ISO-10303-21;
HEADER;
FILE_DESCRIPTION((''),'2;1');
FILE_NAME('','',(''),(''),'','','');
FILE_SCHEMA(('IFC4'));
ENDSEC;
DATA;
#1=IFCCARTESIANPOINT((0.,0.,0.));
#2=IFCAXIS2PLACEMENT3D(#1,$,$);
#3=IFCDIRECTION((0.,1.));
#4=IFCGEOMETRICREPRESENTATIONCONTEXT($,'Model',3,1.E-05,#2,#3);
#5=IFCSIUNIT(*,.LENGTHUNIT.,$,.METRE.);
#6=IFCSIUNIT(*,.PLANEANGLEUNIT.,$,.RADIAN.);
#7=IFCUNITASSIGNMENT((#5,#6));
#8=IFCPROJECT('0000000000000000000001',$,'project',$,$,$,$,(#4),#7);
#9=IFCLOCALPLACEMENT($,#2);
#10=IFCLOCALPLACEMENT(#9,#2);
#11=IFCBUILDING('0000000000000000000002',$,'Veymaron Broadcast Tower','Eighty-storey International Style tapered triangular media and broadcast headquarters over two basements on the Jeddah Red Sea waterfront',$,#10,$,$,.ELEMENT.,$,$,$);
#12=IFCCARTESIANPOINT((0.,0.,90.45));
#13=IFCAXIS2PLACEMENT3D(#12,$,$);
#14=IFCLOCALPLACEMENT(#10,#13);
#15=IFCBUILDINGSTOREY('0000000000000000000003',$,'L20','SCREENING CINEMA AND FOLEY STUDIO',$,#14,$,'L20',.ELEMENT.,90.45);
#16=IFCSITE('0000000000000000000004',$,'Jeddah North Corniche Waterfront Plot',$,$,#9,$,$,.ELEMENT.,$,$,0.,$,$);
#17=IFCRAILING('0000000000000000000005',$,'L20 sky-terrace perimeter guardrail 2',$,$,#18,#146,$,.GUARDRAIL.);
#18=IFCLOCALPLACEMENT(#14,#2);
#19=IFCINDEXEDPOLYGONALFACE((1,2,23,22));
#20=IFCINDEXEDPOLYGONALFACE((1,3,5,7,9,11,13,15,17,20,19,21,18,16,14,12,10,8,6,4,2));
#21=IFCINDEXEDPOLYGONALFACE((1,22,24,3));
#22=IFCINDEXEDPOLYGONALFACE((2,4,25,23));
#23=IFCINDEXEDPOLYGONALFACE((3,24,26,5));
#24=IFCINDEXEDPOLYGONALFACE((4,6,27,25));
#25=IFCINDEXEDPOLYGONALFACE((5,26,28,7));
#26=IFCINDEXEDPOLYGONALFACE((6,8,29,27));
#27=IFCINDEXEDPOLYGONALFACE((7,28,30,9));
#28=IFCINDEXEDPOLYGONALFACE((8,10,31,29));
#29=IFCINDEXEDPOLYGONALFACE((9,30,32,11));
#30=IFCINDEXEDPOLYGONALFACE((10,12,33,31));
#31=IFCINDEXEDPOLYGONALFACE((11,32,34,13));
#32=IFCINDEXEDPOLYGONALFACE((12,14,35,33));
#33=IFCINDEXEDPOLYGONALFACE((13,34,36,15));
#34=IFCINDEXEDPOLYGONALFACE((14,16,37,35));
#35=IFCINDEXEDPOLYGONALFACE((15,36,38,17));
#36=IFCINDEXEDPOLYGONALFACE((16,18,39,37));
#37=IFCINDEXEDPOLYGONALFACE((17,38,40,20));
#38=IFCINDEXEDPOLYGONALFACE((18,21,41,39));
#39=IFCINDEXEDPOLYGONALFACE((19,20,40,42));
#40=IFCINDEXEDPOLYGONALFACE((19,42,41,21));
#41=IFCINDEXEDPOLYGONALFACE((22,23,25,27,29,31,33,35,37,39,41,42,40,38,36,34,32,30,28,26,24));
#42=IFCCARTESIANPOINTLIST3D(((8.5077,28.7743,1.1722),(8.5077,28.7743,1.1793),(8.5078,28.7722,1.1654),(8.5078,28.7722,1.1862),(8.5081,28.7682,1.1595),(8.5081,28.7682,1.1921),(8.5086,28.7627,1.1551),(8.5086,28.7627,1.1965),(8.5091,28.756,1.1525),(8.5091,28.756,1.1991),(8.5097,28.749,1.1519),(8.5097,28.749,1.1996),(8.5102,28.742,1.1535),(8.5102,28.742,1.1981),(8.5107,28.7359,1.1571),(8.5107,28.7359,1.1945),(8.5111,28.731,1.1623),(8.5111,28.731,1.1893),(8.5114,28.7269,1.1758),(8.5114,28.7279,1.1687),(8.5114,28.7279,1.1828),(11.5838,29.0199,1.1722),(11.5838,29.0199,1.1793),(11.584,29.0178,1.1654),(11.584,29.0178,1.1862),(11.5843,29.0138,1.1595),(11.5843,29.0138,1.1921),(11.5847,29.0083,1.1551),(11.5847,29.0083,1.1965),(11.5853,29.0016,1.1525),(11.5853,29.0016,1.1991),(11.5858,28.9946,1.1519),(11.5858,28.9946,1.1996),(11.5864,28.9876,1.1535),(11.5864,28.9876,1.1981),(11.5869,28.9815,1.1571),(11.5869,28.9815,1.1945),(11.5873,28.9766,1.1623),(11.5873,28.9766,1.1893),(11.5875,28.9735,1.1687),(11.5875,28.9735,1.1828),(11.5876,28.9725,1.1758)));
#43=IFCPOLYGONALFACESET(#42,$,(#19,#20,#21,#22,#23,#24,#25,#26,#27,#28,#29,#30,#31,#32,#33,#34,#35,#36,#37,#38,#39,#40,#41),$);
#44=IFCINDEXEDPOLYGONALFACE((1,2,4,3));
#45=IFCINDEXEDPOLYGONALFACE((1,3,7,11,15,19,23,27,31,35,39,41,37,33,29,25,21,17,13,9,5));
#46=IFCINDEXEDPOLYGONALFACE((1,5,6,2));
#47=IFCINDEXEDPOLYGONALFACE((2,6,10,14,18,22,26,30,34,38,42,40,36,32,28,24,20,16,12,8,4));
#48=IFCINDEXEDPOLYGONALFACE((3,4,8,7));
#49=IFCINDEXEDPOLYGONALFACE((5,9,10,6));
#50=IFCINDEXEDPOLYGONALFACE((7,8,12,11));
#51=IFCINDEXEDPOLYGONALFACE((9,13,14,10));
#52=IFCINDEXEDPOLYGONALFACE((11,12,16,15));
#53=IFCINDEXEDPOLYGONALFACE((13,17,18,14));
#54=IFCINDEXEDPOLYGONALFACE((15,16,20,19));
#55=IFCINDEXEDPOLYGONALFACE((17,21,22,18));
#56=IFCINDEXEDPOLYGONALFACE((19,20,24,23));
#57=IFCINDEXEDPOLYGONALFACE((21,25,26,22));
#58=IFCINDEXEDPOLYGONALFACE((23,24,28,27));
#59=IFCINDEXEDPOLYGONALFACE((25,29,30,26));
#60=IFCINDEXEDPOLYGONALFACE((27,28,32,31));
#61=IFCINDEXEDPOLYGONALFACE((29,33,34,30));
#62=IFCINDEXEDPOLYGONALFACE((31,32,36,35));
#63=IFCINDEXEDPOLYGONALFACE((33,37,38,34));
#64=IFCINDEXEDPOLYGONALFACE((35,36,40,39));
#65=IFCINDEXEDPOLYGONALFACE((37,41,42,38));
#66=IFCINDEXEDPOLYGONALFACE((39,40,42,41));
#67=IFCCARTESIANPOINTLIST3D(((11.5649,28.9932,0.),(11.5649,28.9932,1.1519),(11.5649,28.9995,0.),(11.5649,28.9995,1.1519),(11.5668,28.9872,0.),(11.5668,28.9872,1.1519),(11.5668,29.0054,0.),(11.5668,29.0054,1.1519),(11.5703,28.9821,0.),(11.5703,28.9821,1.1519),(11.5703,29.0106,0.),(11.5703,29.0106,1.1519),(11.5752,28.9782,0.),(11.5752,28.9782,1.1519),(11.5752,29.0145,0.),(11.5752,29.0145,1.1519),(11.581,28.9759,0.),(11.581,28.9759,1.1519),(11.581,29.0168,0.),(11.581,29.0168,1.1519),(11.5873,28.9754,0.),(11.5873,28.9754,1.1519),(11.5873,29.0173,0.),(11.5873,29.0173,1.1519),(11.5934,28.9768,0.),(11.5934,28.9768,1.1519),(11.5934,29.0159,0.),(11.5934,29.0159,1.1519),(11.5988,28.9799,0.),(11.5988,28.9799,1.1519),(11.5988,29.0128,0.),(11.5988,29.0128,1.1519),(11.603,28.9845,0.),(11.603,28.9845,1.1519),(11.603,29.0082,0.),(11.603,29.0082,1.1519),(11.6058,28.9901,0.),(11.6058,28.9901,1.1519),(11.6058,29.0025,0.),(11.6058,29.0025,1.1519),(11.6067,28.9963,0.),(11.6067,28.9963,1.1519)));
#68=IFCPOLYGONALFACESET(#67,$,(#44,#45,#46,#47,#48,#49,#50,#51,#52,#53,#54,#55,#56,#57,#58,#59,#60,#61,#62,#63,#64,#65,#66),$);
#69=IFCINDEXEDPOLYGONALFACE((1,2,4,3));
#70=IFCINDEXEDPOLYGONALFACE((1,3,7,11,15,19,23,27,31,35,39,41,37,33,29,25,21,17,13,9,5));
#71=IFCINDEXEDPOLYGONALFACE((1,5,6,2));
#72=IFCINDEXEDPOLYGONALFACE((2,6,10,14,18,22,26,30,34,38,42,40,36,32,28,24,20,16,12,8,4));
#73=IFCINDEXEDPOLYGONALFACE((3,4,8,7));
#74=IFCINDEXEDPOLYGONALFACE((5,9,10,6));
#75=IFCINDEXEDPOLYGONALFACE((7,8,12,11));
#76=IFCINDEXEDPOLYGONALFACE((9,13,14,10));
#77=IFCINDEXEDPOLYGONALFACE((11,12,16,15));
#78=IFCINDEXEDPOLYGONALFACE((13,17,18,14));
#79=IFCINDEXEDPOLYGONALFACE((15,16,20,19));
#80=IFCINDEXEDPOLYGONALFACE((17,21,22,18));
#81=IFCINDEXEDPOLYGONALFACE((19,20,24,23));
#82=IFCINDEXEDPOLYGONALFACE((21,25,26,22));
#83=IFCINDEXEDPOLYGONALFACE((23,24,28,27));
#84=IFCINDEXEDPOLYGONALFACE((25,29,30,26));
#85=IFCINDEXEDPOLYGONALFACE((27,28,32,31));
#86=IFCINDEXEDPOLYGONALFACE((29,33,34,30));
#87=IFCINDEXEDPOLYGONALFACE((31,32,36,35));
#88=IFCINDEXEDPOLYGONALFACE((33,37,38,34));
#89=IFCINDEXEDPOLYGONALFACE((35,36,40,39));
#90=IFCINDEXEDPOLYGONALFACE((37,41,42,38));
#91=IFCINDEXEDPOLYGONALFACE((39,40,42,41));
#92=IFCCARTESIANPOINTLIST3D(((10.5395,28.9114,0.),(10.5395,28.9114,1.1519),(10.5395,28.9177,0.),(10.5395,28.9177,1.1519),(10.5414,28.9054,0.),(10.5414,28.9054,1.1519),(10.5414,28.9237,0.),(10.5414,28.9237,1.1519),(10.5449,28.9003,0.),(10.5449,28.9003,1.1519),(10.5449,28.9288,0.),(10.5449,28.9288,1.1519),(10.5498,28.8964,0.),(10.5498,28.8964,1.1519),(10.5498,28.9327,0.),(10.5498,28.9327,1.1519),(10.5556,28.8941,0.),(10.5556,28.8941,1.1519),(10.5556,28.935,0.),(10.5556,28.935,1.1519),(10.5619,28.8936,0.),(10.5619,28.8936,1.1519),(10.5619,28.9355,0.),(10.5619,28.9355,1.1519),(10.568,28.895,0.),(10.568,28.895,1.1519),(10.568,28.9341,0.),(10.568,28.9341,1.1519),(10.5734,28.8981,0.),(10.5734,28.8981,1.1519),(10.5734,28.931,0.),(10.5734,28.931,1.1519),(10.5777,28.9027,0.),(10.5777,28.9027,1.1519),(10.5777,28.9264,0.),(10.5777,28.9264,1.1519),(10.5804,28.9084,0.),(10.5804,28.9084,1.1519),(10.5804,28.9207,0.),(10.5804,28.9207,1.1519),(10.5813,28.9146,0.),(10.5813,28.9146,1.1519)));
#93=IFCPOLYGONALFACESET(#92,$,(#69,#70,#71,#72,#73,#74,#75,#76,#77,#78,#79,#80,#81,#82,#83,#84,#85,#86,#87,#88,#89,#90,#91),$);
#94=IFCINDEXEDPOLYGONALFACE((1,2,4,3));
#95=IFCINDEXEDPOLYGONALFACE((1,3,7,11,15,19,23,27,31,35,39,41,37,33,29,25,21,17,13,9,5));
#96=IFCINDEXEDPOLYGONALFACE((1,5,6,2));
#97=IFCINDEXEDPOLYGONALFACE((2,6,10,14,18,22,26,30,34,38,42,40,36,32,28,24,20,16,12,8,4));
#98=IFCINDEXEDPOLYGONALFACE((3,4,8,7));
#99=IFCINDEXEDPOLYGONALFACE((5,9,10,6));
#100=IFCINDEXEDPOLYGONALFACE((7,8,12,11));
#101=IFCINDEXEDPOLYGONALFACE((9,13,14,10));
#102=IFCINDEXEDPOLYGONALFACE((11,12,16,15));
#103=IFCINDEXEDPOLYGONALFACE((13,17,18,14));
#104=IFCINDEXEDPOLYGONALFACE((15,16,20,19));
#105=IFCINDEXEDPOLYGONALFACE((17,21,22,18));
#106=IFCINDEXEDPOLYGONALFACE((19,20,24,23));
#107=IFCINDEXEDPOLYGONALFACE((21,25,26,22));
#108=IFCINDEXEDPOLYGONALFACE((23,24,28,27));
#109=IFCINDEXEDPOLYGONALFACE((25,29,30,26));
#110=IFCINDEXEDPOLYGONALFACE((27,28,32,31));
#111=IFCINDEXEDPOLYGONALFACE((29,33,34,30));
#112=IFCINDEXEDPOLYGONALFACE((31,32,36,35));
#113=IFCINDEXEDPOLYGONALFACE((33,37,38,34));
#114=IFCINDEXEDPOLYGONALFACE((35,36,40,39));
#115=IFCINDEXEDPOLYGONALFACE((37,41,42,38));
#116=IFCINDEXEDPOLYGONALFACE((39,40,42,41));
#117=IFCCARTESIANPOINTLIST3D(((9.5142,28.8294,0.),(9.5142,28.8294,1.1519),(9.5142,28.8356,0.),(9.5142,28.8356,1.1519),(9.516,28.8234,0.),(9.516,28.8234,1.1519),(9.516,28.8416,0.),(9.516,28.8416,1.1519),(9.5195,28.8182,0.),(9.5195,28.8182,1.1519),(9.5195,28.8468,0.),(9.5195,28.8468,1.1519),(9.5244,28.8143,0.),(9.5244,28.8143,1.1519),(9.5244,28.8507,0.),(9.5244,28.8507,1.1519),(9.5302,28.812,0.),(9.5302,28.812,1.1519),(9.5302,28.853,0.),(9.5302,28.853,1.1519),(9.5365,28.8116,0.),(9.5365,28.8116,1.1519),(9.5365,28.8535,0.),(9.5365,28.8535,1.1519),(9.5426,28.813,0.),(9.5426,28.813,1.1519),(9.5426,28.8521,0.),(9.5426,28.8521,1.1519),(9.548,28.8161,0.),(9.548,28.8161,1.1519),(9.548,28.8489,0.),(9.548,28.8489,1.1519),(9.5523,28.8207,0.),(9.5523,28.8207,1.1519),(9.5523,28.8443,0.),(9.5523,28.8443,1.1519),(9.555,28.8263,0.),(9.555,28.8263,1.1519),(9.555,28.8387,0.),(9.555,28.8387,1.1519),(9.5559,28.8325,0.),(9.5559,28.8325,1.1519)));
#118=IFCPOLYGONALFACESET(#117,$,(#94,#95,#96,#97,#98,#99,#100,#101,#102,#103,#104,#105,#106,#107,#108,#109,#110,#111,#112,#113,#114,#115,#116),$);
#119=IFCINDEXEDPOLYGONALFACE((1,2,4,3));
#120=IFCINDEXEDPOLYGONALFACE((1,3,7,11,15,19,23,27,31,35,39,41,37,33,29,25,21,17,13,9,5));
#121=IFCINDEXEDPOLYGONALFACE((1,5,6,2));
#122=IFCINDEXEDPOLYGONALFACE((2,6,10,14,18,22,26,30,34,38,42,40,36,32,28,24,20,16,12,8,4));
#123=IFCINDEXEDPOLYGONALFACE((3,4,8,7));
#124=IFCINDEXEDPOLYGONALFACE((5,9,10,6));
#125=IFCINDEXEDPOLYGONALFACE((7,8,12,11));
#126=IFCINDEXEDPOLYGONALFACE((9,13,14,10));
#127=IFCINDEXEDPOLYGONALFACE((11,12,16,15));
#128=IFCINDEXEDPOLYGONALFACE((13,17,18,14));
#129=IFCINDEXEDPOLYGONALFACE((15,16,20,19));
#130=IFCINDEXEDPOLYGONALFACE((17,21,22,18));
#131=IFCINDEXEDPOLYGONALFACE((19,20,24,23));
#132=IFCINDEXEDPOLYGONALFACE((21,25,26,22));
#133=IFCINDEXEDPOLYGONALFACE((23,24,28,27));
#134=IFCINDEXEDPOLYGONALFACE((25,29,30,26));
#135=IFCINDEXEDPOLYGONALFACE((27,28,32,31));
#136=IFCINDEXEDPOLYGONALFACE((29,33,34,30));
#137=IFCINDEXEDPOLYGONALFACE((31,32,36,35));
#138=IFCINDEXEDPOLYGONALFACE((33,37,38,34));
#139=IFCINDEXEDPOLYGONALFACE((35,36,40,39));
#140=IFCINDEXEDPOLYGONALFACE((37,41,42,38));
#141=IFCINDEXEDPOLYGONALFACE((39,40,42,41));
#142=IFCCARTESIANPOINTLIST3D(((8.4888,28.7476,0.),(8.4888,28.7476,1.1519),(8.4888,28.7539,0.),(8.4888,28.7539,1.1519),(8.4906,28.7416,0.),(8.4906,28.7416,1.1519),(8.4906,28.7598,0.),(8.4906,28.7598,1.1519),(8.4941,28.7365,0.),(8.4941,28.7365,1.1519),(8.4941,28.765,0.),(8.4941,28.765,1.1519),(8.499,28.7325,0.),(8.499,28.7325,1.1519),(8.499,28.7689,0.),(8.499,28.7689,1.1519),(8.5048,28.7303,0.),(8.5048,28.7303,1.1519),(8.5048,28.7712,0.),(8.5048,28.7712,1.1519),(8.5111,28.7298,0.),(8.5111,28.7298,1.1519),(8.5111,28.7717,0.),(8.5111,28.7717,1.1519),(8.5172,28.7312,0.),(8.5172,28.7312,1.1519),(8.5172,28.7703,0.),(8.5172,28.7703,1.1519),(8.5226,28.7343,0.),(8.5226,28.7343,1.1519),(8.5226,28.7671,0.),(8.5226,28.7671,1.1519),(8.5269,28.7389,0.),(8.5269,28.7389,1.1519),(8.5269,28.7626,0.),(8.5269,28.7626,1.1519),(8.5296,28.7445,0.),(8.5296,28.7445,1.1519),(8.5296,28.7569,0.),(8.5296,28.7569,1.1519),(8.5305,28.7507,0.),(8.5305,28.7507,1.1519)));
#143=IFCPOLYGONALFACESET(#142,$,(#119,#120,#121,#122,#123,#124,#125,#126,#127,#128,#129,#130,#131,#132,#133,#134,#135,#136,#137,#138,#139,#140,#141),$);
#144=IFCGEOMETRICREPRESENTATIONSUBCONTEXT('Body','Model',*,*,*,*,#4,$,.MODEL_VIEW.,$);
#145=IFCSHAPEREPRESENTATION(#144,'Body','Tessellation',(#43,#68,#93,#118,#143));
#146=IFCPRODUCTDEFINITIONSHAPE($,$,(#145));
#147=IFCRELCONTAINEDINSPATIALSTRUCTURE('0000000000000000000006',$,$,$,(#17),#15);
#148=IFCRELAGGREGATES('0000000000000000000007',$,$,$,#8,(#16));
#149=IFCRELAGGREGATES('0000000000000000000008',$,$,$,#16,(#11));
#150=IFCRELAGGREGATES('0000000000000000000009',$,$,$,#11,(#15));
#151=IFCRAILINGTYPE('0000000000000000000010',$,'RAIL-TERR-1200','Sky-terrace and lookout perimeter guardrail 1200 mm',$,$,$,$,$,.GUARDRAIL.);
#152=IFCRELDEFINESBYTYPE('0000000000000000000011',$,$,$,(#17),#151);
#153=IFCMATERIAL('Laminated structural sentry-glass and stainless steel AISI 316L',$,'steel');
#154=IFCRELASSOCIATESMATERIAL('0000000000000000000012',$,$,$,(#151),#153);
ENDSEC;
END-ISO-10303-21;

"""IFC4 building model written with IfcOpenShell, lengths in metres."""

from ifc_helpers import new_model, si_unit, direction, frame, origin, origin_2d, place, context, subcontext, project, spatial, circle, extrude, material, type_object, element, save


model = new_model("IFC4")

# Units and contexts
model_context = context("Model", 3, precision=1e-05, world=origin(), true_north=direction((0.0, 1.0)))
body_context = subcontext(model_context, "Body", "Model", "MODEL_VIEW")
ifc_project = project(units=[si_unit("LENGTHUNIT", "METRE"), si_unit("PLANEANGLEUNIT", "RADIAN")], contexts=[model_context])

# Site, building, storey
site_placement = place(None, origin())
site = spatial("IfcSite", under=ifc_project, at=site_placement, Name="Jeddah North Corniche Waterfront Plot", CompositionType="ELEMENT", RefElevation=0.0)
building_placement = place(site_placement, origin())
building = spatial("IfcBuilding", under=site, at=building_placement, Name="Veymaron Broadcast Tower", Description="Eighty-storey International Style tapered triangular media and broadcast headquarters over two basements on the Jeddah Red Sea waterfront", CompositionType="ELEMENT")
storey_placement = place(building_placement, frame((0.0, 0.0, 90.45)))
storey = spatial("IfcBuildingStorey", under=building, at=storey_placement, Name="L20", Description="SCREENING CINEMA AND FOLEY STUDIO", LongName="L20", CompositionType="ELEMENT", Elevation=90.45)

# Railing
ifc_material_1 = material(Name="Laminated structural sentry-glass and stainless steel AISI 316L", Category="steel")
railing_type = type_object("IfcRailingType", Name="RAIL-TERR-1200", Description="Sky-terrace and lookout perimeter guardrail 1200 mm", PredefinedType="GUARDRAIL", material=ifc_material_1)
railing_1_placement = place(storey_placement, frame((11.5857, 28.9963, 0.0)))
element("IfcRailing", 1, at=railing_1_placement, inside=storey, type_object=railing_type, Name="L20 sky-terrace perimeter guardrail 2", PredefinedType="GUARDRAIL", context=body_context, shape_type="SweptSolid", body=[
    extrude(circle(Radius=0.0239, at=origin_2d()), frame((0.0, 0.0, 1.1758), z_axis=(-0.996828, -0.079588, 0.0), x_axis=(0.079588, -0.996828, 0.0)), (0.0, 0.0, 1.0), 3.0859),
    extrude(circle(Radius=0.021, at=origin_2d()), origin(), (0.0, 0.0, 1.0), 1.1519),
    extrude(circle(Radius=0.021, at=origin_2d()), frame((-1.0254, -0.0818, 0.0)), (0.0, 0.0, 1.0), 1.1519),
    extrude(circle(Radius=0.021, at=origin_2d()), frame((-2.0508, -0.1638, 0.0)), (0.0, 0.0, 1.0), 1.1519),
    extrude(circle(Radius=0.021, at=origin_2d()), frame((-3.0762, -0.2456, 0.0)), (0.0, 0.0, 1.0), 1.1519),
])

save(model, "model.ifc")
